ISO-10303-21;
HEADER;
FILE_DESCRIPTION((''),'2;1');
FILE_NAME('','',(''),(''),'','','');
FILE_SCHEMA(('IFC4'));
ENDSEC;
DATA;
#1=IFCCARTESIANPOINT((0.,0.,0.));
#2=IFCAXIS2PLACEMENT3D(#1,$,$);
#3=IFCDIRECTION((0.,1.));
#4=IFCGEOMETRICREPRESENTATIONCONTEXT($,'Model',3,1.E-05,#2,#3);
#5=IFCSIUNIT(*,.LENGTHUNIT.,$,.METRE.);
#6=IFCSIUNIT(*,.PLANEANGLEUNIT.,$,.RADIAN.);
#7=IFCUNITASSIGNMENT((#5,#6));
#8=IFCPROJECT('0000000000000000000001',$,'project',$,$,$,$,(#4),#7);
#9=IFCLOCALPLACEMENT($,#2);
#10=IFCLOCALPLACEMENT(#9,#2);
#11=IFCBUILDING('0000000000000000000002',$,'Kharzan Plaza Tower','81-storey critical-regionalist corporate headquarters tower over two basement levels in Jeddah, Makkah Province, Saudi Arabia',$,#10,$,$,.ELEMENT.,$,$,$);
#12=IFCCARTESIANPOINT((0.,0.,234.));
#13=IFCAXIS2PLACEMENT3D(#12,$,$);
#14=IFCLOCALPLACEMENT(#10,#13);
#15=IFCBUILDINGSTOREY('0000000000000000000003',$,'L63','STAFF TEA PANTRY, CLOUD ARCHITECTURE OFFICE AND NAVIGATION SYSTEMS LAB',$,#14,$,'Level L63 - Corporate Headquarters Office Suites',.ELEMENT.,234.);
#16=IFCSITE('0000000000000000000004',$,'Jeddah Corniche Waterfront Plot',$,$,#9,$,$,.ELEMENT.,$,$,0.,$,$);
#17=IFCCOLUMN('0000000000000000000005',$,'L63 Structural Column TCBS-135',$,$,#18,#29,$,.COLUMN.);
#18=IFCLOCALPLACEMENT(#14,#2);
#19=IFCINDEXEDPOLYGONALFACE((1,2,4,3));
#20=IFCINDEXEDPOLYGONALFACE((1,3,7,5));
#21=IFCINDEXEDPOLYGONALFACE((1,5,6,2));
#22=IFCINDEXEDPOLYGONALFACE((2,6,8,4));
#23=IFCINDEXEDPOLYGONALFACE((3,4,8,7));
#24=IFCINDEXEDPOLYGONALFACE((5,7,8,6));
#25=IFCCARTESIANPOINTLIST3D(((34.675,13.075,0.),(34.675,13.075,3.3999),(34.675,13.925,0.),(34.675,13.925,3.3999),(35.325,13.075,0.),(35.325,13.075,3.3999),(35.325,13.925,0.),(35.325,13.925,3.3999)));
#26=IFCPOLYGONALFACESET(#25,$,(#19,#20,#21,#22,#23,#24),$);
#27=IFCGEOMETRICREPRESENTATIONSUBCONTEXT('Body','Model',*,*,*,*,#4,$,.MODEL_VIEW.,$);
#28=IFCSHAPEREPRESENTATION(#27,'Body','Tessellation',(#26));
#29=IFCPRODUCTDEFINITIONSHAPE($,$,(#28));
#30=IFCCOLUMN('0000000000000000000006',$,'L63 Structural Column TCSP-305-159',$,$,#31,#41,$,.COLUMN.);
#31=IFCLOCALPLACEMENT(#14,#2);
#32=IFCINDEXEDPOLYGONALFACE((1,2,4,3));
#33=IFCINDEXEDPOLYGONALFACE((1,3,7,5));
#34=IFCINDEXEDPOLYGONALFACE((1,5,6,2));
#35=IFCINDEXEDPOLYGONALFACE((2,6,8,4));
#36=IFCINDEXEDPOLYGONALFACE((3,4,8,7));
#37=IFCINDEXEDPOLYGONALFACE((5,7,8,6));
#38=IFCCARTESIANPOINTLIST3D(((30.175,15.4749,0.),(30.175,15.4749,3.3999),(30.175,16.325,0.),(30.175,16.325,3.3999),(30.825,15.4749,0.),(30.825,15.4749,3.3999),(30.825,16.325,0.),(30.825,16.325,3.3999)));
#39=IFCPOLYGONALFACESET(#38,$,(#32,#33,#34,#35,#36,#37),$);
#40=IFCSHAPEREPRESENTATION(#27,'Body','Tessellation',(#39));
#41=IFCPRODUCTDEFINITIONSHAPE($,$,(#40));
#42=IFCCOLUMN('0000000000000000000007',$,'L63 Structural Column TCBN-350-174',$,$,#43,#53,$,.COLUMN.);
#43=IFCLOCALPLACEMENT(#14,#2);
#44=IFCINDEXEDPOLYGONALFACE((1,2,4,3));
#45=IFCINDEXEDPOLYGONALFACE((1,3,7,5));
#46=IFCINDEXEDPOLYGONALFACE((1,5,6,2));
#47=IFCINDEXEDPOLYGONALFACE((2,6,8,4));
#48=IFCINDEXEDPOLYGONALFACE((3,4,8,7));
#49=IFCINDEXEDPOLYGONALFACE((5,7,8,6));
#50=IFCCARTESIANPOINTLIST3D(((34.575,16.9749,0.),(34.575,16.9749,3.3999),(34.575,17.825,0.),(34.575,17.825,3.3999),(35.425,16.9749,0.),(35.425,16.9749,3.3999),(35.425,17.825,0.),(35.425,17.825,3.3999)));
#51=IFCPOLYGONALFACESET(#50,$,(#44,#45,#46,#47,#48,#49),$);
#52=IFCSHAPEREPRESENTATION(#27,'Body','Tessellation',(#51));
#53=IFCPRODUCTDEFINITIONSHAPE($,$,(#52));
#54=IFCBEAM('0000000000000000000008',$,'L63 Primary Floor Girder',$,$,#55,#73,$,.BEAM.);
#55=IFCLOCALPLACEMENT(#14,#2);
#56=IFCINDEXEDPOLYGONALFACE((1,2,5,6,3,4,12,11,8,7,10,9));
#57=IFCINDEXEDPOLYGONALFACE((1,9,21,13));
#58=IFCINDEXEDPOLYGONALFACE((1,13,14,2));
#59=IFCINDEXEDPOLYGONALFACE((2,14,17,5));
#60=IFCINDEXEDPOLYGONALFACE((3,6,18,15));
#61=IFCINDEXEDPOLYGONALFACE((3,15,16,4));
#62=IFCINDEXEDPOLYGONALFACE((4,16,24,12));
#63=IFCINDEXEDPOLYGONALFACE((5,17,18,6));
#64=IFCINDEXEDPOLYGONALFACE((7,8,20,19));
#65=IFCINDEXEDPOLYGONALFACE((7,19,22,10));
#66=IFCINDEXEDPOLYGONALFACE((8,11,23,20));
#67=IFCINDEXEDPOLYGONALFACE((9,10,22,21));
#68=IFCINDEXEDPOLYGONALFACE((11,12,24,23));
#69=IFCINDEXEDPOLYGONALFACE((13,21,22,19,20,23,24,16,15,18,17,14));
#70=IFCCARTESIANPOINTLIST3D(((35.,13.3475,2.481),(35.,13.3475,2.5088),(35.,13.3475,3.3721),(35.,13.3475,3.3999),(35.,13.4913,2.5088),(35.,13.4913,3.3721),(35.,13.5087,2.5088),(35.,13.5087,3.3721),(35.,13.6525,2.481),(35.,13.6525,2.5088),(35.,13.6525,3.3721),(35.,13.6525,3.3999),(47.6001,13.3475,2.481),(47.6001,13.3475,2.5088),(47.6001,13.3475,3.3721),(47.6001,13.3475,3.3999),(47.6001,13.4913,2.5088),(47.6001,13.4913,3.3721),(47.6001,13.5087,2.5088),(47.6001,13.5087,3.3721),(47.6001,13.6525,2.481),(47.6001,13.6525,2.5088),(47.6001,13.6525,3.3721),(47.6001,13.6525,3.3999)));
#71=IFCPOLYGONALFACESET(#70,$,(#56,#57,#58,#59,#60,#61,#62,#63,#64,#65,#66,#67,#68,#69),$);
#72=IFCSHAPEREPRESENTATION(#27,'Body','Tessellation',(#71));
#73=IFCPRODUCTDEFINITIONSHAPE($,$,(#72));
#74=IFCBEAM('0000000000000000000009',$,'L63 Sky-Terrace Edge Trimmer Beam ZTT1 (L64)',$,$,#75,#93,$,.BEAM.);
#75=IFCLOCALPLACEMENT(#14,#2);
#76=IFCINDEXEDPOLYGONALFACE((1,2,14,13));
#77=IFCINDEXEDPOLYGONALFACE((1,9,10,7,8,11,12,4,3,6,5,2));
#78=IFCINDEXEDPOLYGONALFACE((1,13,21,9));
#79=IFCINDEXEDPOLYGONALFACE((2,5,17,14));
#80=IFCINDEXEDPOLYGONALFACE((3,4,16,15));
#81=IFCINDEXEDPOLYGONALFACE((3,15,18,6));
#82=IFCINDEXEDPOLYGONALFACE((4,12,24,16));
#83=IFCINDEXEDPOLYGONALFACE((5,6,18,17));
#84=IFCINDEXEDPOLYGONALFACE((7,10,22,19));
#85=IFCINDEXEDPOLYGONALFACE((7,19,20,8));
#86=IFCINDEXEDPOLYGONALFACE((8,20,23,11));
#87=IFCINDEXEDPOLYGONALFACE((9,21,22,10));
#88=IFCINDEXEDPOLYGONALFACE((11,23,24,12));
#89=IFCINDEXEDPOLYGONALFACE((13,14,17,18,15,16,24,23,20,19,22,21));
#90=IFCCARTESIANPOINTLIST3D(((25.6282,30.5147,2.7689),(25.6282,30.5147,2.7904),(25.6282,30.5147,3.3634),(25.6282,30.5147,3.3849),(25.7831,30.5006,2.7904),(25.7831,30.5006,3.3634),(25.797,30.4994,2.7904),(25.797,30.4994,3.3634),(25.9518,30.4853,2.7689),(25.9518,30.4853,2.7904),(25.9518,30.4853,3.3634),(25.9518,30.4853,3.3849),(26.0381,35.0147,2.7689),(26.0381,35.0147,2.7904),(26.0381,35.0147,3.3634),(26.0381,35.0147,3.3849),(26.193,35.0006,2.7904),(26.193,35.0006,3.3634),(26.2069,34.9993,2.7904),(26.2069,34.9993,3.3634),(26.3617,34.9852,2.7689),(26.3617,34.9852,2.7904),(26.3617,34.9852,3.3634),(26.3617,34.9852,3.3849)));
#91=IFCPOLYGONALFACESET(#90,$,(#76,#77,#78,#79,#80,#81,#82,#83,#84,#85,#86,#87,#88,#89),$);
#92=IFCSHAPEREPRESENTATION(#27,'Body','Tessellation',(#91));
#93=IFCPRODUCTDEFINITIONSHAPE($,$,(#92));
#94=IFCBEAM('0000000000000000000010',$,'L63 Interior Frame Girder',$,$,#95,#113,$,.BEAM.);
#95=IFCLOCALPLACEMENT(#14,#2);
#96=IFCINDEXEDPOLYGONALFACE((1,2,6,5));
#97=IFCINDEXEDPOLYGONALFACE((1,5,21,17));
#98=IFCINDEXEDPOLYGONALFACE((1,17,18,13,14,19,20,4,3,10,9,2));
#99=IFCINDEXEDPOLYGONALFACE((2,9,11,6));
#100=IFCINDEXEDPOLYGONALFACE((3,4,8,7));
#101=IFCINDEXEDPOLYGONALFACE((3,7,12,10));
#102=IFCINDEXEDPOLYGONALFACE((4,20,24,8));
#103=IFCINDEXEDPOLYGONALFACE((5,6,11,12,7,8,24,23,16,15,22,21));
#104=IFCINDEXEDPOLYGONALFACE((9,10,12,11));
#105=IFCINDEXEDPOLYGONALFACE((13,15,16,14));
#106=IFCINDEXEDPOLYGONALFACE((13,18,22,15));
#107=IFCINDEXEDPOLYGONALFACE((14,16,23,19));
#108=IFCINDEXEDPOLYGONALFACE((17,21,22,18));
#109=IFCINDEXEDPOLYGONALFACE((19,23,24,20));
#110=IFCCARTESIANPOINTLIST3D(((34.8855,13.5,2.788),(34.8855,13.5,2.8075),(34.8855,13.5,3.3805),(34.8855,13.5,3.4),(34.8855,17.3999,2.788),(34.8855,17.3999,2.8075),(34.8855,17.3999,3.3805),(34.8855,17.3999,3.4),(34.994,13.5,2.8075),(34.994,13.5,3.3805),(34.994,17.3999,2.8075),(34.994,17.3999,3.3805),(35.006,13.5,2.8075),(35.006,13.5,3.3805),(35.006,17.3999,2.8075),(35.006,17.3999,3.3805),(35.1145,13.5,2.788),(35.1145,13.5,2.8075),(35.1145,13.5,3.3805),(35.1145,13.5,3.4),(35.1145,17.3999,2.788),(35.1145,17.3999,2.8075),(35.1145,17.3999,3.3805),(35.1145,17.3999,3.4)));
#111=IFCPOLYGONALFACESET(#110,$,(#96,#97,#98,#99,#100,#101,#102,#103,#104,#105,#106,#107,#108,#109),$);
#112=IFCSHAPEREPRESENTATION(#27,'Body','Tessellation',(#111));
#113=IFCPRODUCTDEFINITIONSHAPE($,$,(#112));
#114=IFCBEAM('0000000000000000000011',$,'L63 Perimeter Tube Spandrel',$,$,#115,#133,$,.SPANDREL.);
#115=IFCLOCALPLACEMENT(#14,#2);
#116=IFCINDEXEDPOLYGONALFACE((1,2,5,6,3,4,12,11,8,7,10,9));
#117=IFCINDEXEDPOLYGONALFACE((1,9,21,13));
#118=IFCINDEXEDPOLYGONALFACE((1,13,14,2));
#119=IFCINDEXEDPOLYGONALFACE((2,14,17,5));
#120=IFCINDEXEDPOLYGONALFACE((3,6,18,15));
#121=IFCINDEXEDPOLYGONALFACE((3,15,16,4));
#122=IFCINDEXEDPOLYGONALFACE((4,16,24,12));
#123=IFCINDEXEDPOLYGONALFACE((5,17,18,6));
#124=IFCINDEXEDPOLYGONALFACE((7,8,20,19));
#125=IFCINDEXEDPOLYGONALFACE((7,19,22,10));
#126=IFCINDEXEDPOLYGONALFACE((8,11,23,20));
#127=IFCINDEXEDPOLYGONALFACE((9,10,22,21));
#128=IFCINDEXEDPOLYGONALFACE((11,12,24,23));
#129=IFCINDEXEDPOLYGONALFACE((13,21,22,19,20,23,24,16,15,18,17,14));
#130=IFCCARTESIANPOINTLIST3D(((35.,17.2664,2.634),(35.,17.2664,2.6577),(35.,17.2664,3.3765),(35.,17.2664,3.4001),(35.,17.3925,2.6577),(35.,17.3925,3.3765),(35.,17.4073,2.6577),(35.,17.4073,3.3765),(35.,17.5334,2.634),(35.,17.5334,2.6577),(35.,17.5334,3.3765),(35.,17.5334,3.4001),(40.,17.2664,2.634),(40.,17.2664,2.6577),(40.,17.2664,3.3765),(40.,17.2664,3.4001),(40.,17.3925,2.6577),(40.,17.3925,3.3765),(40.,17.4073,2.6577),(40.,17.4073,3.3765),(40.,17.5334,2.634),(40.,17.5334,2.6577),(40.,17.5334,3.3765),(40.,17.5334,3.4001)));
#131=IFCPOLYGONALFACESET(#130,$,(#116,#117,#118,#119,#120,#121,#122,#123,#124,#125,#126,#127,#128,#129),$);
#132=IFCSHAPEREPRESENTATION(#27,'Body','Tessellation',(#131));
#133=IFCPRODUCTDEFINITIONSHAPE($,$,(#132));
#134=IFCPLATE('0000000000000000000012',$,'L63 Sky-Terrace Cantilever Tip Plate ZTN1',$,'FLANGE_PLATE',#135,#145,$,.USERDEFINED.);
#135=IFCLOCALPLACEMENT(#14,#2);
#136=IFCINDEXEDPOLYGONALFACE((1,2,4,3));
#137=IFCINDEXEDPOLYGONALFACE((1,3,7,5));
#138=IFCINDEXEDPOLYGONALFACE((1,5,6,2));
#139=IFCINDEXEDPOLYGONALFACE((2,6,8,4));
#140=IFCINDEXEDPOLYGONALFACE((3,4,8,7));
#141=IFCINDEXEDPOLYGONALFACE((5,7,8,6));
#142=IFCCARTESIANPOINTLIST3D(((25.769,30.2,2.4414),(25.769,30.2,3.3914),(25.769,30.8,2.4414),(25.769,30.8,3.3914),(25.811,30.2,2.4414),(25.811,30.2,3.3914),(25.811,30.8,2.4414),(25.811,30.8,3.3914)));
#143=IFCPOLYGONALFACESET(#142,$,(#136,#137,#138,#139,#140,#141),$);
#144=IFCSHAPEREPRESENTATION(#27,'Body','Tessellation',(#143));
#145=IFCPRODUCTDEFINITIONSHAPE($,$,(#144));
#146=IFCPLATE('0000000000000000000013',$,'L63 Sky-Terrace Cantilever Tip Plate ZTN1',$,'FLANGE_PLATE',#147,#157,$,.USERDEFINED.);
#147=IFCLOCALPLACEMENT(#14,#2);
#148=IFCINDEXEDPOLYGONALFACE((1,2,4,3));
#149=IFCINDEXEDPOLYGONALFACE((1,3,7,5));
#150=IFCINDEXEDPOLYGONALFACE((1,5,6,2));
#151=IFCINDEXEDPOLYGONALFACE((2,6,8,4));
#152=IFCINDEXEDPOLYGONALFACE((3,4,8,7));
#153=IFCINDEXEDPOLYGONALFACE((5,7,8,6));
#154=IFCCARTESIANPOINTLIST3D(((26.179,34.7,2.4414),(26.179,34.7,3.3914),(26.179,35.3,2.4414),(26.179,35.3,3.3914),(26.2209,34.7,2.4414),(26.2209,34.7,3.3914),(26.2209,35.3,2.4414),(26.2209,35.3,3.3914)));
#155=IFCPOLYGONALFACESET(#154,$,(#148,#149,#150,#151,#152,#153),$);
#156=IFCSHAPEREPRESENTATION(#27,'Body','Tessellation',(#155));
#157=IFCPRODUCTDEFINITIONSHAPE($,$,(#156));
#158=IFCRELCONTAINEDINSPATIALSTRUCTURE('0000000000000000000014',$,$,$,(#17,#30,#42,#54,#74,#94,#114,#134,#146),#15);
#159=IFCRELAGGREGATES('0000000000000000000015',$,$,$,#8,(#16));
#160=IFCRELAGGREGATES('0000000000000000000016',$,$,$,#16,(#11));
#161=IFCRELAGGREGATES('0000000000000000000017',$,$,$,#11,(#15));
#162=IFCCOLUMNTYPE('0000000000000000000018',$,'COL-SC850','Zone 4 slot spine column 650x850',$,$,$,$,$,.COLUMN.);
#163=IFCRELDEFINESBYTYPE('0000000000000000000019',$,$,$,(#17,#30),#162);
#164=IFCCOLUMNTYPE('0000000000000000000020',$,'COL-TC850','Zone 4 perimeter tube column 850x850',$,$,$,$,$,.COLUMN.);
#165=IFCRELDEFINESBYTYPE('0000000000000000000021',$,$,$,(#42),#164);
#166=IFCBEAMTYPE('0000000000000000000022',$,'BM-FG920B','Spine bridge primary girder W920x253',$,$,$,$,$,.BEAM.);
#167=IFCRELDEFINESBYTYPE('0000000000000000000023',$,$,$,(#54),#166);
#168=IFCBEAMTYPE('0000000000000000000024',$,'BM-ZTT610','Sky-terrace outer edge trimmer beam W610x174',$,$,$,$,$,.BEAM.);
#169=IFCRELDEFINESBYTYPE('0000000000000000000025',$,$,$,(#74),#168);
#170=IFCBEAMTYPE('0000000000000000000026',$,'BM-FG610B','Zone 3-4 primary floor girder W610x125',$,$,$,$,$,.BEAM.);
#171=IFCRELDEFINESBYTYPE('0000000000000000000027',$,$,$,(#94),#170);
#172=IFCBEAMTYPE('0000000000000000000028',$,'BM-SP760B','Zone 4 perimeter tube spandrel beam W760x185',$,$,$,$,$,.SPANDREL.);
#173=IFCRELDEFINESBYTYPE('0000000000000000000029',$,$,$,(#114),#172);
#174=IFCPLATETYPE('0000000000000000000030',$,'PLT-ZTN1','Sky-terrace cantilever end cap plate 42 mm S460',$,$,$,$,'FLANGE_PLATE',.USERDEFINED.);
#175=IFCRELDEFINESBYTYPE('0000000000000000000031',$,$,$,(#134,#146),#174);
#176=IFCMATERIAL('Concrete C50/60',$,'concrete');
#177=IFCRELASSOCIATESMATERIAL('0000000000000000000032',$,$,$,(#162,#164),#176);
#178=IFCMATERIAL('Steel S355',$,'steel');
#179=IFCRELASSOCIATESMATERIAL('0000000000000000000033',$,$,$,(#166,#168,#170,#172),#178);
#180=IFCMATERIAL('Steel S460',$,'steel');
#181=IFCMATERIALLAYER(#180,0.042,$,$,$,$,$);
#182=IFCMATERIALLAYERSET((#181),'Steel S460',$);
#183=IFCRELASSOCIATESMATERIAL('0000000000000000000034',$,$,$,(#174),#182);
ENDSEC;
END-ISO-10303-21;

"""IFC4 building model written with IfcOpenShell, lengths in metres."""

from ifc_helpers import new_model, si_unit, direction, frame, origin, origin_2d, place, context, subcontext, project, spatial, rectangle, i_section, extrude, source, transform, mapped, material, layer, layer_set, material_profile, profile_set, type_object, element, save


model = new_model("IFC4")

# Units and contexts
model_context = context("Model", 3, precision=1e-05, world=origin(), true_north=direction((0.0, 1.0)))
body_context = subcontext(model_context, "Body", "Model", "MODEL_VIEW")
ifc_project = project(units=[si_unit("LENGTHUNIT", "METRE"), si_unit("PLANEANGLEUNIT", "RADIAN")], contexts=[model_context])

# Site, building, storey
site_placement = place(None, origin())
site = spatial("IfcSite", under=ifc_project, at=site_placement, Name="Jeddah Corniche Waterfront Plot", CompositionType="ELEMENT", RefElevation=0.0)
building_placement = place(site_placement, origin())
building = spatial("IfcBuilding", under=site, at=building_placement, Name="Kharzan Plaza Tower", Description="81-storey critical-regionalist corporate headquarters tower over two basement levels in Jeddah, Makkah Province, Saudi Arabia", CompositionType="ELEMENT")
storey_placement = place(building_placement, frame((0.0, 0.0, 234.0)))
storey = spatial("IfcBuildingStorey", under=building, at=storey_placement, Name="L63", Description="STAFF TEA PANTRY, CLOUD ARCHITECTURE OFFICE AND NAVIGATION SYSTEMS LAB", LongName="Level L63 - Corporate Headquarters Office Suites", CompositionType="ELEMENT", Elevation=234.0)

# Columns
ifc_material_1 = material(Name="Concrete C50/60", Category="concrete")
ifc_material_profile_1 = material_profile(ifc_material_1, rectangle(XDim=0.6499, YDim=0.8501, at=origin_2d()), Name="RC-SC850x650")
ifc_profile_set_1 = profile_set([ifc_material_profile_1], Name="Concrete C50/60")
column_type_1 = type_object("IfcColumnType", Name="COL-SC850", Description="Zone 4 slot spine column 650x850", PredefinedType="COLUMN", material=ifc_profile_set_1)
shared_shape_1 = source(origin(), body_context, "Body", "SweptSolid", [
    extrude(rectangle(XDim=0.6499, YDim=0.8501, at=origin_2d()), origin(), (0.0, 0.0, 1.0), 3.3999),
])
for number, where, z_axis, x_axis, name in (
    (1, (35.0, 13.5, 0.0), (0.0, 0.0, 1.0), (1.0, 0.0, 0.0), "L63 Structural Column TCBS-135"),
    (2, (30.5, 15.8999, 0.0), (0.0, 0.0, 1.0), (1.0, 0.0, 0.0), "L63 Structural Column TCSP-305-159"),
):
    element("IfcColumn", number, at=place(storey_placement, frame(where, z_axis=z_axis, x_axis=x_axis)), inside=storey, type_object=column_type_1, Name=name, PredefinedType="COLUMN", context=body_context, shape_type="MappedRepresentation", body=[
        mapped(shared_shape_1, transform((0.0, 0.0, 0.0), x_axis=(1.0, 0.0, 0.0), y_axis=(0.0, 1.0, 0.0), z_axis=(0.0, 0.0, 1.0))),
    ])
ifc_material_profile_2 = material_profile(ifc_material_1, rectangle(XDim=0.8501, YDim=0.8501, at=origin_2d()), Name="RC-TC850x850")
ifc_profile_set_2 = profile_set([ifc_material_profile_2], Name="Concrete C50/60")
column_type_2 = type_object("IfcColumnType", Name="COL-TC850", Description="Zone 4 perimeter tube column 850x850", PredefinedType="COLUMN", material=ifc_profile_set_2)
shared_shape_2 = source(origin(), body_context, "Body", "SweptSolid", [
    extrude(rectangle(XDim=0.8501, YDim=0.8501, at=origin_2d()), origin(), (0.0, 0.0, 1.0), 3.3999),
])
column_placement = place(storey_placement, frame((35.0, 17.3999, 0.0), z_axis=(0.0, 0.0, 1.0), x_axis=(1.0, 0.0, 0.0)))
element("IfcColumn", 3, at=column_placement, inside=storey, type_object=column_type_2, Name="L63 Structural Column TCBN-350-174", PredefinedType="COLUMN", context=body_context, shape_type="MappedRepresentation", body=[
    mapped(shared_shape_2, transform((0.0, 0.0, 0.0), x_axis=(1.0, 0.0, 0.0), y_axis=(0.0, 1.0, 0.0), z_axis=(0.0, 0.0, 1.0))),
])

# Beams
ifc_material_2 = material(Name="Steel S355", Category="steel")
ifc_material_profile_3 = material_profile(ifc_material_2, i_section(OverallWidth=0.3049, OverallDepth=0.9189, WebThickness=0.0173, FlangeThickness=0.0278, at=origin_2d()), Name="W920x253")
ifc_profile_set_3 = profile_set([ifc_material_profile_3], Name="Steel S355")
beam_type_1 = type_object("IfcBeamType", Name="BM-FG920B", Description="Spine bridge primary girder W920x253", PredefinedType="BEAM", material=ifc_profile_set_3)
shared_shape_3 = source(origin(), body_context, "Body", "SweptSolid", [
    extrude(i_section(OverallWidth=0.3049, OverallDepth=0.9189, WebThickness=0.0173, FlangeThickness=0.0278, at=origin_2d()), origin(), (0.0, 0.0, 1.0), 12.6001),
])
beam_1_placement = place(storey_placement, frame((35.0, 13.5, 2.9404), z_axis=(1.0, 0.0, 0.0), x_axis=(0.0, 1.0, 0.0)))
element("IfcBeam", 4, at=beam_1_placement, inside=storey, type_object=beam_type_1, Name="L63 Primary Floor Girder", PredefinedType="BEAM", context=body_context, shape_type="MappedRepresentation", body=[
    mapped(shared_shape_3, transform((0.0, 0.0, 0.0), x_axis=(1.0, 0.0, 0.0), y_axis=(0.0, 1.0, 0.0), z_axis=(0.0, 0.0, 1.0))),
])
ifc_material_profile_4 = material_profile(ifc_material_2, i_section(OverallWidth=0.325, OverallDepth=0.616, WebThickness=0.0139, FlangeThickness=0.0215, at=origin_2d()), Name="W610x174")
ifc_profile_set_4 = profile_set([ifc_material_profile_4], Name="Steel S355")
beam_type_2 = type_object("IfcBeamType", Name="BM-ZTT610", Description="Sky-terrace outer edge trimmer beam W610x174", PredefinedType="BEAM", material=ifc_profile_set_4)
shared_shape_4 = source(origin(), body_context, "Body", "SweptSolid", [
    extrude(i_section(OverallWidth=0.325, OverallDepth=0.616, WebThickness=0.0139, FlangeThickness=0.0215, at=origin_2d()), origin(), (0.0, 0.0, 1.0), 4.5186),
])
beam_2_placement = place(storey_placement, frame((25.79, 30.5, 3.0769), z_axis=(0.090716, 0.995877, 0.0), x_axis=(-0.995877, 0.090716, 0.0)))
element("IfcBeam", 5, at=beam_2_placement, inside=storey, type_object=beam_type_2, Name="L63 Sky-Terrace Edge Trimmer Beam ZTT1 (L64)", PredefinedType="BEAM", context=body_context, shape_type="MappedRepresentation", body=[
    mapped(shared_shape_4, transform((0.0, 0.0, 0.0), x_axis=(1.0, 0.0, 0.0), y_axis=(0.0, 1.0, 0.0), z_axis=(0.0, 0.0, 1.0))),
])
ifc_material_profile_5 = material_profile(ifc_material_2, i_section(OverallWidth=0.229, OverallDepth=0.6121, WebThickness=0.012, FlangeThickness=0.0195, at=origin_2d()), Name="W610x125")
ifc_profile_set_5 = profile_set([ifc_material_profile_5], Name="Steel S355")
beam_type_3 = type_object("IfcBeamType", Name="BM-FG610B", Description="Zone 3-4 primary floor girder W610x125", PredefinedType="BEAM", material=ifc_profile_set_5)
shared_shape_5 = source(origin(), body_context, "Body", "SweptSolid", [
    extrude(i_section(OverallWidth=0.229, OverallDepth=0.6121, WebThickness=0.012, FlangeThickness=0.0195, at=origin_2d()), origin(), (0.0, 0.0, 1.0), 3.8999),
])
beam_3_placement = place(storey_placement, frame((35.0, 13.5, 3.094), z_axis=(0.0, 1.0, 0.0), x_axis=(-1.0, 0.0, 0.0)))
element("IfcBeam", 6, at=beam_3_placement, inside=storey, type_object=beam_type_3, Name="L63 Interior Frame Girder", PredefinedType="BEAM", context=body_context, shape_type="MappedRepresentation", body=[
    mapped(shared_shape_5, transform((0.0, 0.0, 0.0), x_axis=(1.0, 0.0, 0.0), y_axis=(0.0, 1.0, 0.0), z_axis=(0.0, 0.0, 1.0))),
])
ifc_material_profile_6 = material_profile(ifc_material_2, i_section(OverallWidth=0.2671, OverallDepth=0.7661, WebThickness=0.0149, FlangeThickness=0.0237, at=origin_2d()), Name="W760x185")
ifc_profile_set_6 = profile_set([ifc_material_profile_6], Name="Steel S355")
beam_type_4 = type_object("IfcBeamType", Name="BM-SP760B", Description="Zone 4 perimeter tube spandrel beam W760x185", PredefinedType="SPANDREL", material=ifc_profile_set_6)
shared_shape_6 = source(origin(), body_context, "Body", "SweptSolid", [
    extrude(i_section(OverallWidth=0.2671, OverallDepth=0.7661, WebThickness=0.0149, FlangeThickness=0.0237, at=origin_2d()), origin(), (0.0, 0.0, 1.0), 5.0),
])
beam_4_placement = place(storey_placement, frame((35.0, 17.3999, 3.0171), z_axis=(1.0, 0.0, 0.0), x_axis=(0.0, 1.0, 0.0)))
element("IfcBeam", 7, at=beam_4_placement, inside=storey, type_object=beam_type_4, Name="L63 Perimeter Tube Spandrel", PredefinedType="SPANDREL", context=body_context, shape_type="MappedRepresentation", body=[
    mapped(shared_shape_6, transform((0.0, 0.0, 0.0), x_axis=(1.0, 0.0, 0.0), y_axis=(0.0, 1.0, 0.0), z_axis=(0.0, 0.0, 1.0))),
])

# Plates
ifc_material_3 = material(Name="Steel S460", Category="steel")
ifc_layer_1 = layer(ifc_material_3, 0.042)
ifc_layer_set_1 = layer_set([ifc_layer_1], Name="Steel S460")
plate_type = type_object("IfcPlateType", Name="PLT-ZTN1", Description="Sky-terrace cantilever end cap plate 42 mm S460", ElementType="FLANGE_PLATE", PredefinedType="USERDEFINED", material=ifc_layer_set_1)
shared_shape_7 = source(origin(), body_context, "Body", "SweptSolid", [
    extrude(rectangle(XDim=0.6001, YDim=0.042, at=origin_2d()), origin(), (0.0, 0.0, 1.0), 0.95),
])
for number, where, z_axis, x_axis, name in (
    (8, (25.79, 30.5, 2.4414), (0.0, 0.0, 1.0), (0.0, 1.0, 0.0), "L63 Sky-Terrace Cantilever Tip Plate ZTN1"),
    (9, (26.2, 35.0, 2.4414), (0.0, 0.0, 1.0), (0.0, 1.0, 0.0), "L63 Sky-Terrace Cantilever Tip Plate ZTN1"),
):
    element("IfcPlate", number, at=place(storey_placement, frame(where, z_axis=z_axis, x_axis=x_axis)), inside=storey, type_object=plate_type, Name=name, ObjectType="FLANGE_PLATE", PredefinedType="USERDEFINED", context=body_context, shape_type="MappedRepresentation", body=[
        mapped(shared_shape_7, transform((0.0, 0.0, 0.0), x_axis=(1.0, 0.0, 0.0), y_axis=(0.0, 1.0, 0.0), z_axis=(0.0, 0.0, 1.0))),
    ])

save(model, "model.ifc")
